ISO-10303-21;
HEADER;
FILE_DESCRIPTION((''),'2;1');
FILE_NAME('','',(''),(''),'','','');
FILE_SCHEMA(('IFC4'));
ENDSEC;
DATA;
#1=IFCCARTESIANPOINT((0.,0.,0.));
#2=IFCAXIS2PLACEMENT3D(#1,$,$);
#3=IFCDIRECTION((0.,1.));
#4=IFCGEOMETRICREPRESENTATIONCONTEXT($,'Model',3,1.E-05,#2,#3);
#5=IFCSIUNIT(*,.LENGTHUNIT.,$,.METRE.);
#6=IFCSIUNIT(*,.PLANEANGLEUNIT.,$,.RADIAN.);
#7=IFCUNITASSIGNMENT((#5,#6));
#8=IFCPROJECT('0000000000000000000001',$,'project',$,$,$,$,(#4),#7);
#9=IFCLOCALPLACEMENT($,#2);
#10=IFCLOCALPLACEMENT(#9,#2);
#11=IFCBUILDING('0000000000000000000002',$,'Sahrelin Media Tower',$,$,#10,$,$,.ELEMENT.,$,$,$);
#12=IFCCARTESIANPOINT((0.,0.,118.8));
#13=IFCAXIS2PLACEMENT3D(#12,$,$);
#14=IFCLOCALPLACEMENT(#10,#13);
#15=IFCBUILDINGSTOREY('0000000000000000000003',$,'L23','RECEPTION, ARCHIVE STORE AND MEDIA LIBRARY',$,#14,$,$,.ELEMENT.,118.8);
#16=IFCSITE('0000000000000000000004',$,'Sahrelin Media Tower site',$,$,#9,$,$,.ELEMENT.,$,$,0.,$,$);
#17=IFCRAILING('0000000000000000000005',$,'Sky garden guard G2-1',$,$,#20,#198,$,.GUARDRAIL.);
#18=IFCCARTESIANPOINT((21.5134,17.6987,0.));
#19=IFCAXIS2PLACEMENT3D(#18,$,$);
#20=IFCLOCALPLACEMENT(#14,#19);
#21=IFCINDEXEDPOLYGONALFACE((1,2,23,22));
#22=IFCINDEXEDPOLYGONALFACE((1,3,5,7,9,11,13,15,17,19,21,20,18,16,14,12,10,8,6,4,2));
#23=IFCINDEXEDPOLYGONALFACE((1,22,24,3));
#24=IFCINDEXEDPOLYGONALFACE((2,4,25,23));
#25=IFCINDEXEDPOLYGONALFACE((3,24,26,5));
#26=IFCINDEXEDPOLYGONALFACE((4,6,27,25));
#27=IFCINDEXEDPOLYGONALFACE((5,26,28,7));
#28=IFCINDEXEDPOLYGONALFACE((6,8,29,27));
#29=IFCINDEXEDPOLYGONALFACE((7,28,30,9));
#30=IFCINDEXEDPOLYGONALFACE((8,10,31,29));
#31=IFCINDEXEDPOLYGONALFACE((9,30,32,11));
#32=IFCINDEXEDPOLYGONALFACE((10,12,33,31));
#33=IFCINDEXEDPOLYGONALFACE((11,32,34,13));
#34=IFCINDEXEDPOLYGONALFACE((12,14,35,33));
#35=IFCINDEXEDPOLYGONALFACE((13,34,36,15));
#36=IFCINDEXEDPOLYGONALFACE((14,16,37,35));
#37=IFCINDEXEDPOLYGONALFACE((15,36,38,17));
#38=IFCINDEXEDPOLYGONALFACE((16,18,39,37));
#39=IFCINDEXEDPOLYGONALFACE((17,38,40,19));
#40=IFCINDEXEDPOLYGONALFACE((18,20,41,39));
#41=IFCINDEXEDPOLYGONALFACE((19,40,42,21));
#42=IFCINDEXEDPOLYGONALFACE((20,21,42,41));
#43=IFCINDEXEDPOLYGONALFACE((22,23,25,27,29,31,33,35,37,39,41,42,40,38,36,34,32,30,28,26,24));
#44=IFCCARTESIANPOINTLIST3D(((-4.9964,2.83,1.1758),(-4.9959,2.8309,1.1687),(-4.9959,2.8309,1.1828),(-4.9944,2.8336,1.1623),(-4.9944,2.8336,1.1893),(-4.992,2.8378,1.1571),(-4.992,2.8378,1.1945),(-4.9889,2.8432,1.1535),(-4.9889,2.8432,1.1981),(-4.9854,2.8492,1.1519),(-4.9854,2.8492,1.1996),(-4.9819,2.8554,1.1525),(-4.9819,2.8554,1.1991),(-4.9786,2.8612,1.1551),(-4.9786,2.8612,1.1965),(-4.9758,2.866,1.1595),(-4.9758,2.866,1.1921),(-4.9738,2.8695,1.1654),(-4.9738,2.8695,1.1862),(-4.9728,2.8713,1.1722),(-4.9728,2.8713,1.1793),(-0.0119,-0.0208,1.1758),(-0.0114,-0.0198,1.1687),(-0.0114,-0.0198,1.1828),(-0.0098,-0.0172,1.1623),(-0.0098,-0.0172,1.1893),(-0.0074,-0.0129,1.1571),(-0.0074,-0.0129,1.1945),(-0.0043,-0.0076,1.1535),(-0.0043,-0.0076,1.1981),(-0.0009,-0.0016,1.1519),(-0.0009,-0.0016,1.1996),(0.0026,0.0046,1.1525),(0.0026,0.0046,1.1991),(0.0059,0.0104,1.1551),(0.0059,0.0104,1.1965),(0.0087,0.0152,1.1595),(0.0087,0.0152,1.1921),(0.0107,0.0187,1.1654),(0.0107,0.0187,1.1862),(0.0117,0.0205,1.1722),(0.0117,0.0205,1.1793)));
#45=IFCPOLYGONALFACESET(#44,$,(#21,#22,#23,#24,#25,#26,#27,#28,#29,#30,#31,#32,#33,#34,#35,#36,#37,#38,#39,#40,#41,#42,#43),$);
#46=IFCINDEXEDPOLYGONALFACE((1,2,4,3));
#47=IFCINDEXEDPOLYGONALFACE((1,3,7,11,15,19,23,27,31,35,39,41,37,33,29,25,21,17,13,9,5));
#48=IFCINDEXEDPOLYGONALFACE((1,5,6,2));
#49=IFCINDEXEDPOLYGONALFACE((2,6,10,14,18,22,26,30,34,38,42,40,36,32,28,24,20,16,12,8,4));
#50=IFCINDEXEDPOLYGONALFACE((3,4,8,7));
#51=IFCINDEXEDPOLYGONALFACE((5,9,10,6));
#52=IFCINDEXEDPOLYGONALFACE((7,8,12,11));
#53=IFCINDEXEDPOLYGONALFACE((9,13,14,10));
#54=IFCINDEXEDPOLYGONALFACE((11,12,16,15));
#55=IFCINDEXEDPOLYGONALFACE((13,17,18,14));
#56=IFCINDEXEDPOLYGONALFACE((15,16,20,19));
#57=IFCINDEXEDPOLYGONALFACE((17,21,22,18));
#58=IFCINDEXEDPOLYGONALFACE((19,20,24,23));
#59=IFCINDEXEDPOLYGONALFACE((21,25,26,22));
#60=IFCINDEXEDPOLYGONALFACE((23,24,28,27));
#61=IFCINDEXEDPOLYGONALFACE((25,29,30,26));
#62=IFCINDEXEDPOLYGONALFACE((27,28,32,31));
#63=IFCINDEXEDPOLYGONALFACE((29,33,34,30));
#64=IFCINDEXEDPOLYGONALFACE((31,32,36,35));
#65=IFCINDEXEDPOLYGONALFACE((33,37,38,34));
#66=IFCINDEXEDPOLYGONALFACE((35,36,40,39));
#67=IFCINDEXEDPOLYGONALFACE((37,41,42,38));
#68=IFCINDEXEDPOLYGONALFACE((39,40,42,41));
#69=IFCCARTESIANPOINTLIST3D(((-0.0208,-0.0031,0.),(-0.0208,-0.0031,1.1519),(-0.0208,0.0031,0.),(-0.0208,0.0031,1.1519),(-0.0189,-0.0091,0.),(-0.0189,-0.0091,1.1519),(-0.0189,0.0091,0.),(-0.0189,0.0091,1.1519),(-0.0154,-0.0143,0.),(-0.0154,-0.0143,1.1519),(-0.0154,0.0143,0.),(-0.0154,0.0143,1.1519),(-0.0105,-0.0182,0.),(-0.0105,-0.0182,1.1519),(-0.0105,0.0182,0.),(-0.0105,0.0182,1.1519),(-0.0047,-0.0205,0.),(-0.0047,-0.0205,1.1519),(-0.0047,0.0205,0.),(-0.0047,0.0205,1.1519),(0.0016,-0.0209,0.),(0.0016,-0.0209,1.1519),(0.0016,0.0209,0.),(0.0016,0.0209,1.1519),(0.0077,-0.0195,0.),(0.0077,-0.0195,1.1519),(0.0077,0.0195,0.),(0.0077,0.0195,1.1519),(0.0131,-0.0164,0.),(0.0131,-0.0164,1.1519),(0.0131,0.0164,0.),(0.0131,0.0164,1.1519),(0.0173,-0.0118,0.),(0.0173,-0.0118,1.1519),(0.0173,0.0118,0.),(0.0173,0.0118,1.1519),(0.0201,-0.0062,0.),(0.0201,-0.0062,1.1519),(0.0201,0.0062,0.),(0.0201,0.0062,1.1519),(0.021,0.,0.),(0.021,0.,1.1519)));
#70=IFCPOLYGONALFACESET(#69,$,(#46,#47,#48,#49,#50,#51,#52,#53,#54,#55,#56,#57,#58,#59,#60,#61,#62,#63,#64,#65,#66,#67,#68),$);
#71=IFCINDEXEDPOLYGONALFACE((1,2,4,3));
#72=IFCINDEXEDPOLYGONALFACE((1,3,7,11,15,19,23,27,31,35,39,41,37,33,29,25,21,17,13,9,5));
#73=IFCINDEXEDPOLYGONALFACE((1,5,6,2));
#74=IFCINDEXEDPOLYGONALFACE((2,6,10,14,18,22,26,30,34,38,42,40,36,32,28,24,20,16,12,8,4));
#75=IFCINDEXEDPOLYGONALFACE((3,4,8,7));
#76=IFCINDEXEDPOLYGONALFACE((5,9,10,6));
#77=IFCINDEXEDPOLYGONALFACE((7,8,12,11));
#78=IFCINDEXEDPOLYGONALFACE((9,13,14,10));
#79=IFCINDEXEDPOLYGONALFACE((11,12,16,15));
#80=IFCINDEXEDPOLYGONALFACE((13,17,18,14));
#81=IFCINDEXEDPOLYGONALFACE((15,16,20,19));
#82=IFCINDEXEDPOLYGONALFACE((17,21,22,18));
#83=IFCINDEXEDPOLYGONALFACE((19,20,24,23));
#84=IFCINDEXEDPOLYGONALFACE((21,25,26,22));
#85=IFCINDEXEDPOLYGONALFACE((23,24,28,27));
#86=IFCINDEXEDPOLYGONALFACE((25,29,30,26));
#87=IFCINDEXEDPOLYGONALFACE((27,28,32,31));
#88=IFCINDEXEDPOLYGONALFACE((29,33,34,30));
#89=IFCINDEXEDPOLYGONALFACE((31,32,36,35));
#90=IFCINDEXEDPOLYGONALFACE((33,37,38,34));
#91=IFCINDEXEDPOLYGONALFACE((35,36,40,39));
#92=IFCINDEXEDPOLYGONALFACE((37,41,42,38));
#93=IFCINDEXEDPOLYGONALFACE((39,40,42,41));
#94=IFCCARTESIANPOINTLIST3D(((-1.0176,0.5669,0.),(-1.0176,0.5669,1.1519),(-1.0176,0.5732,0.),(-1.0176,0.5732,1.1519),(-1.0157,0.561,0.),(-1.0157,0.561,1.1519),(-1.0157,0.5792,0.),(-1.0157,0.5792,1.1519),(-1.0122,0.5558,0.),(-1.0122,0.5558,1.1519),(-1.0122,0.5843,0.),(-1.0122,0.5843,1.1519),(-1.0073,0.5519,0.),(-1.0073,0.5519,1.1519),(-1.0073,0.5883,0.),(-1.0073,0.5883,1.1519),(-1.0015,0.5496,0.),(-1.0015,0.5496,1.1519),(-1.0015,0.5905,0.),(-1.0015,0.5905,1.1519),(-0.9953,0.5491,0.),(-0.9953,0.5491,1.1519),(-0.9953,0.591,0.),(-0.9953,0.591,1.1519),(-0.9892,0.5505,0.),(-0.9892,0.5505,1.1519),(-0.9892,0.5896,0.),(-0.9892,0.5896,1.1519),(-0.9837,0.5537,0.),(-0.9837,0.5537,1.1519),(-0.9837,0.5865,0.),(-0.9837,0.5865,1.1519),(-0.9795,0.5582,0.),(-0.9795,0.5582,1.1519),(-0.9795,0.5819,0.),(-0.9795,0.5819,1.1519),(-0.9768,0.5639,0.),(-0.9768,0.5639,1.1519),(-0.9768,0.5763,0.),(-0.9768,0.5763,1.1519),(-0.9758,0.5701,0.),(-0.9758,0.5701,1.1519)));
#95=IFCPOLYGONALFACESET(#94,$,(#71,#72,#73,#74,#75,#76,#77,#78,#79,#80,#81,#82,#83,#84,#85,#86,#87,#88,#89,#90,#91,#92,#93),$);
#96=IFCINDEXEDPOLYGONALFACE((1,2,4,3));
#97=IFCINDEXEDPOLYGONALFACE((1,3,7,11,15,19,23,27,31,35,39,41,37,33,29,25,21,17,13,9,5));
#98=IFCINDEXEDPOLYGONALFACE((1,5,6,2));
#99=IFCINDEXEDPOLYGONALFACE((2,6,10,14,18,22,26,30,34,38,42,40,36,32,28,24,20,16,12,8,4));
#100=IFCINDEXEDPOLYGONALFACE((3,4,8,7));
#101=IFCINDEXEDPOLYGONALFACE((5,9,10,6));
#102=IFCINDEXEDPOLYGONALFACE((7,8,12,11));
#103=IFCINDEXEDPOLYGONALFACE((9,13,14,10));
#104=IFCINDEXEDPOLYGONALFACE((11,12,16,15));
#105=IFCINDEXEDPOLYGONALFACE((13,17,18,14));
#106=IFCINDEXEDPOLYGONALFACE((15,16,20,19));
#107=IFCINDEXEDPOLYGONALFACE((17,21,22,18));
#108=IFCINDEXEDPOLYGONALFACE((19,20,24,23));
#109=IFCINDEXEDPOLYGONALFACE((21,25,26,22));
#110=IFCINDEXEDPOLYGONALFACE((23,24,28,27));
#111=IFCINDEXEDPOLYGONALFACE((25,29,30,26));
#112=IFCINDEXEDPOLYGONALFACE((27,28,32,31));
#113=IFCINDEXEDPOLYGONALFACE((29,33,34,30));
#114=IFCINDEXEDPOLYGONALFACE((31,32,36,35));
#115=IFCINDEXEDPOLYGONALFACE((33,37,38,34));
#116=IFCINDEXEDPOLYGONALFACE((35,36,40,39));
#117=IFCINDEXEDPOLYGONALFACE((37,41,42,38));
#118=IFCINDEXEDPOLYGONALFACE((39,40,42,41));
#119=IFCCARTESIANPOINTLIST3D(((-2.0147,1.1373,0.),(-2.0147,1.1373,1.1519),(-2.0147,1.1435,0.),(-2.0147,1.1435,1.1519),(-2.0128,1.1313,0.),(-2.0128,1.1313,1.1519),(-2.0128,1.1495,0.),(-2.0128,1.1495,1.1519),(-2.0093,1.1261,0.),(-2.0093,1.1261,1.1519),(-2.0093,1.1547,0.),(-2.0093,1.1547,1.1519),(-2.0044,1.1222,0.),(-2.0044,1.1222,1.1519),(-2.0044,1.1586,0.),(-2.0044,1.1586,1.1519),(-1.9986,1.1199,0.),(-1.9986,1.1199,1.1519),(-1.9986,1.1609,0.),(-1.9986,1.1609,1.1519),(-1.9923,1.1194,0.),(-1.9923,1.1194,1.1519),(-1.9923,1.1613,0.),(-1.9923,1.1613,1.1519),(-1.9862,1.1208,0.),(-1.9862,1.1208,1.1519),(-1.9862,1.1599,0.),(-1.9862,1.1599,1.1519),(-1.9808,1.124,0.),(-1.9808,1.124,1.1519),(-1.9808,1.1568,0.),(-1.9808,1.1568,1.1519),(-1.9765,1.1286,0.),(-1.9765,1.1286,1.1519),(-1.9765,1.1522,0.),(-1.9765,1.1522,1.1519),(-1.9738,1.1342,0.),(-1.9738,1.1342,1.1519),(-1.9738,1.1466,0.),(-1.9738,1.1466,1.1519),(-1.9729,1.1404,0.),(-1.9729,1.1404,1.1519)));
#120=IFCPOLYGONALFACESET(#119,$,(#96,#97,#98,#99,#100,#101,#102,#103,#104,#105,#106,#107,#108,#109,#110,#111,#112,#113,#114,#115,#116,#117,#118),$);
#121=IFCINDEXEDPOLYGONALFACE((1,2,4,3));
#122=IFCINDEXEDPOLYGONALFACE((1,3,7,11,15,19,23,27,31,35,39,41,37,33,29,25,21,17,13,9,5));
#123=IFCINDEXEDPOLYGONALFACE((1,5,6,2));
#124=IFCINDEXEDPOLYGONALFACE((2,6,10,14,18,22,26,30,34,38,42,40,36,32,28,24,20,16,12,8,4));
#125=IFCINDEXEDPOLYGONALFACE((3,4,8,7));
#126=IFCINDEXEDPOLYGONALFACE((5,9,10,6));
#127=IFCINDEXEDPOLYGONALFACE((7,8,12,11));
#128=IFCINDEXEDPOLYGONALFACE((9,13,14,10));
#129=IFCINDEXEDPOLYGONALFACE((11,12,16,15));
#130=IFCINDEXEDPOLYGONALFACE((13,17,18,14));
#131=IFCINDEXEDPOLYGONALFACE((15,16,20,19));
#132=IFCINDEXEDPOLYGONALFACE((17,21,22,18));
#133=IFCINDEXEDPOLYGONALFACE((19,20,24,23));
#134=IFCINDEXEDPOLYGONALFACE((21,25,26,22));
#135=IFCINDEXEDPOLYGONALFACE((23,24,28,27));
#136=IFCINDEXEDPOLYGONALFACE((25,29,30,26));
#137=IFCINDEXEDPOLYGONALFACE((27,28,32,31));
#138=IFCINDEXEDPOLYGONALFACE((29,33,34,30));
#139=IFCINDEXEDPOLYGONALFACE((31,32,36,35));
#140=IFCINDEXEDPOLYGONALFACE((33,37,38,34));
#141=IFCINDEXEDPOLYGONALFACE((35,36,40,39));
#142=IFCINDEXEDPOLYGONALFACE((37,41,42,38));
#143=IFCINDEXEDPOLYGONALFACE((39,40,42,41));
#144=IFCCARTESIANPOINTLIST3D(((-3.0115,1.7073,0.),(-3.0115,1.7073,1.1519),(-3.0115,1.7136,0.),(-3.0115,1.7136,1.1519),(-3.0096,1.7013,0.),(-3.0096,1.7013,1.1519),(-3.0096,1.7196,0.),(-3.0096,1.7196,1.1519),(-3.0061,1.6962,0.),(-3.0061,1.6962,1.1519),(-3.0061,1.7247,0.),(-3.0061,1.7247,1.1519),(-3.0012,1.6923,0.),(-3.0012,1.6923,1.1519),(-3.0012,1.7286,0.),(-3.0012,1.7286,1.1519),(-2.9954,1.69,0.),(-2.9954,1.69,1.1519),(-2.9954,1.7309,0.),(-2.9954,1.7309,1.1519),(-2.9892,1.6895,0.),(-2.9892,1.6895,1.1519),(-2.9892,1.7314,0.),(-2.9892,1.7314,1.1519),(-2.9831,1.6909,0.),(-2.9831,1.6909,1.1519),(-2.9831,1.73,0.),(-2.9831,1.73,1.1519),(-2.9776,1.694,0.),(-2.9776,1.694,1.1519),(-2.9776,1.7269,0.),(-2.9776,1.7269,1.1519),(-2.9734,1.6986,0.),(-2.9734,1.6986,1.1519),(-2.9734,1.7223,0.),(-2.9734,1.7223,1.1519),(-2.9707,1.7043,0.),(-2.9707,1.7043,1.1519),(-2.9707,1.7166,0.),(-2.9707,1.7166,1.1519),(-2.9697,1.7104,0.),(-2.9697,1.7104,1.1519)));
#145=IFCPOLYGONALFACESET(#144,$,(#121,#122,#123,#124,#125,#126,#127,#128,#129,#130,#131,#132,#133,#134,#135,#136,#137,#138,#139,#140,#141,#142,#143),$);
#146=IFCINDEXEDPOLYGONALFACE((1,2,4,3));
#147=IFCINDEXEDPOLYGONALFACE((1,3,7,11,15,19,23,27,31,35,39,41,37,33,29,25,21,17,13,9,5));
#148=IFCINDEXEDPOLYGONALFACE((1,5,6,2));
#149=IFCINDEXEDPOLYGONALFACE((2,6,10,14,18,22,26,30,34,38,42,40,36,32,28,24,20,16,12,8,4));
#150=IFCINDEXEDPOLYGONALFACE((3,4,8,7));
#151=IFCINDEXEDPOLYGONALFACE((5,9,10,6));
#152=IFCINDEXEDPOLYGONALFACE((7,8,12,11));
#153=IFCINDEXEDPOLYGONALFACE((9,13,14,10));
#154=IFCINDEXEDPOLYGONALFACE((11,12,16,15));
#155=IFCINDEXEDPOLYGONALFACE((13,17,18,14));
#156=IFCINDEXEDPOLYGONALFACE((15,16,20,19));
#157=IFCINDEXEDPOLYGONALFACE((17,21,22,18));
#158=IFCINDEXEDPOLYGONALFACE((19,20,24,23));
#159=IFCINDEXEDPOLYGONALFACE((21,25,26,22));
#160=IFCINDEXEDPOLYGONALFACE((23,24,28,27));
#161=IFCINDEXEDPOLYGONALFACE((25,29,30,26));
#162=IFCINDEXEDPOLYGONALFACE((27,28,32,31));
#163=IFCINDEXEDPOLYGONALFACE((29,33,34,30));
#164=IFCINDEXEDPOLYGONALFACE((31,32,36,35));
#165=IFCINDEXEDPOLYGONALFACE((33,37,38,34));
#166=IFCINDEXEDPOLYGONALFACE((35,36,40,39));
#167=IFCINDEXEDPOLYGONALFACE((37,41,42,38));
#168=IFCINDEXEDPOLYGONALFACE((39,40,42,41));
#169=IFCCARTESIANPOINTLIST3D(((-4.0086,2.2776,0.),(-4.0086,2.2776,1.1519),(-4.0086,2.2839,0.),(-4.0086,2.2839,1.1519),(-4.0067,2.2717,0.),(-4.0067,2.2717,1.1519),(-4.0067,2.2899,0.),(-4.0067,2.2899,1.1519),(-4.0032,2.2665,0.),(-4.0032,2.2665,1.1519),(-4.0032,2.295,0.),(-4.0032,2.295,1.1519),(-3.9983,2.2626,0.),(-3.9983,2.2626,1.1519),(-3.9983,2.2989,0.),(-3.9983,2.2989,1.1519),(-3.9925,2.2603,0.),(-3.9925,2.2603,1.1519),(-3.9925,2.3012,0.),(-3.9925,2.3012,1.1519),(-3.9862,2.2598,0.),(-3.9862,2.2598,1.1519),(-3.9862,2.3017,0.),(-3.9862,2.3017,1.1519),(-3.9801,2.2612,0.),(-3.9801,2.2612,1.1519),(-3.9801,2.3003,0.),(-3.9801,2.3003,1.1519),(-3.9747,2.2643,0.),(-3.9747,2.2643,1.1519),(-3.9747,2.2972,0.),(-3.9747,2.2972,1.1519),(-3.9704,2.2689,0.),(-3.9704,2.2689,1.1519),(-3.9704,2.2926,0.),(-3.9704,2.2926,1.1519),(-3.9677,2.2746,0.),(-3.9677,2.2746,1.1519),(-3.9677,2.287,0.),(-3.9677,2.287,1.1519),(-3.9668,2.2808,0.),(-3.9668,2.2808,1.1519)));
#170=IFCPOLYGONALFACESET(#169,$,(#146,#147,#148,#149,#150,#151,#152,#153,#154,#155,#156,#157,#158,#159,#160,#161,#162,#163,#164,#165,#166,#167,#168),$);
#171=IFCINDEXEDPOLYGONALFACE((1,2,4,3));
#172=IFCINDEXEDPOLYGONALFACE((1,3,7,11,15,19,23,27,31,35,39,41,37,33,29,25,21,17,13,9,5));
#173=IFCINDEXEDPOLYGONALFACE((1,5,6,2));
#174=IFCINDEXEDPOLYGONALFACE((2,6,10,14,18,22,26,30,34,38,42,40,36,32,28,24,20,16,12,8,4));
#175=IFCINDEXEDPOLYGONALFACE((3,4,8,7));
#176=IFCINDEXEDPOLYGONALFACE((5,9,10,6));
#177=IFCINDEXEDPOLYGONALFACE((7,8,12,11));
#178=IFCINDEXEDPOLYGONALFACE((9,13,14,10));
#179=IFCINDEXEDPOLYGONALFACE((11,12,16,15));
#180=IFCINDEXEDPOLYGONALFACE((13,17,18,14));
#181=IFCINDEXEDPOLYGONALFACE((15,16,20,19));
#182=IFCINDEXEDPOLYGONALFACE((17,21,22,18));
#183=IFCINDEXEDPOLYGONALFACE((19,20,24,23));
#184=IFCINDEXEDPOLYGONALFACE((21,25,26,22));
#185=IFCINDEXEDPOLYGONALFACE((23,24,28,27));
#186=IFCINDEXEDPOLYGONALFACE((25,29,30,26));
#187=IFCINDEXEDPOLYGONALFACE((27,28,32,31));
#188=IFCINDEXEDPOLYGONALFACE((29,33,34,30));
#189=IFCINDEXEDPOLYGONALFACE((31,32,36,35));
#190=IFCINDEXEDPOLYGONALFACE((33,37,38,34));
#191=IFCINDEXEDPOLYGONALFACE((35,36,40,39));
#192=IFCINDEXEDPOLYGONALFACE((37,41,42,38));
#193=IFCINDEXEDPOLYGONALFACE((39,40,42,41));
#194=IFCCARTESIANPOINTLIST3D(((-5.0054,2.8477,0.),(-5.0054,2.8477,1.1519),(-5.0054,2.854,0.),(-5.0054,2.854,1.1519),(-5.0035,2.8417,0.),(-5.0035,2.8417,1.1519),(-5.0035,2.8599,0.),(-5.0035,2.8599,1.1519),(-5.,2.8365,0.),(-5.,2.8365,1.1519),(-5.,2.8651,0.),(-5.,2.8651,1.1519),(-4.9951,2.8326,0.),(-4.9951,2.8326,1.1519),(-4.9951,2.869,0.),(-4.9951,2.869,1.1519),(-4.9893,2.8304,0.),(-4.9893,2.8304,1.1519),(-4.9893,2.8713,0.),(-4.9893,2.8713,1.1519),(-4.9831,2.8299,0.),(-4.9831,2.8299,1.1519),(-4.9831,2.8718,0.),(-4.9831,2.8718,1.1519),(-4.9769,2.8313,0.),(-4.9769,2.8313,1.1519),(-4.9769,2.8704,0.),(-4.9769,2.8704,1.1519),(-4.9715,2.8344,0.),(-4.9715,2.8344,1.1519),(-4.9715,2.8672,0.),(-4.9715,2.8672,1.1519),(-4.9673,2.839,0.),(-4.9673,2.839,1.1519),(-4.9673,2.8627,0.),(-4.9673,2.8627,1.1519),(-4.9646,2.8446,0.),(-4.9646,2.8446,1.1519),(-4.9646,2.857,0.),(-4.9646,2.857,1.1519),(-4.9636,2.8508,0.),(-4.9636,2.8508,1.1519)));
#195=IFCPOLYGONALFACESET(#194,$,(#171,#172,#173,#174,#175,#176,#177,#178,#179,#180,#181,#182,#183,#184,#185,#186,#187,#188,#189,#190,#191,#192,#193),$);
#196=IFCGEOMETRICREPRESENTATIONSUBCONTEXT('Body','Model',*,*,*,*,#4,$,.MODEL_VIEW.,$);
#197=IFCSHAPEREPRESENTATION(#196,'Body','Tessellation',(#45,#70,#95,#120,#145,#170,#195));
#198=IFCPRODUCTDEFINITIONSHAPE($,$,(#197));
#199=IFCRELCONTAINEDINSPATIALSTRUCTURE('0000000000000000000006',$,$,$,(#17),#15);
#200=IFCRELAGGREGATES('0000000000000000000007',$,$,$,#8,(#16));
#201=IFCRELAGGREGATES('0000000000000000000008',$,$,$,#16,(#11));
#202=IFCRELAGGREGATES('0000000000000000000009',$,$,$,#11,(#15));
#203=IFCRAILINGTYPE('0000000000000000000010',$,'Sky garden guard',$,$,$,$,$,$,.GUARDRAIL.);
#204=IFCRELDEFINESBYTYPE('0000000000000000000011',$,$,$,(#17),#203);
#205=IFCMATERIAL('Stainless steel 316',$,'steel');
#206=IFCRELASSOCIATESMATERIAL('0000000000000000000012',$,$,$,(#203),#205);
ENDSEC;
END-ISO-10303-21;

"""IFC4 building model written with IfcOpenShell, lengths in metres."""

from ifc_helpers import new_model, si_unit, direction, frame, origin, origin_2d, place, context, subcontext, project, spatial, circle, extrude, material, type_object, element, save


model = new_model("IFC4")

# Units and contexts
model_context = context("Model", 3, precision=1e-05, world=origin(), true_north=direction((0.0, 1.0)))
body_context = subcontext(model_context, "Body", "Model", "MODEL_VIEW")
ifc_project = project(units=[si_unit("LENGTHUNIT", "METRE"), si_unit("PLANEANGLEUNIT", "RADIAN")], contexts=[model_context])

# Site, building, storey
site_placement = place(None, origin())
site = spatial("IfcSite", under=ifc_project, at=site_placement, Name="Sahrelin Media Tower site", CompositionType="ELEMENT", RefElevation=0.0)
building_placement = place(site_placement, origin())
building = spatial("IfcBuilding", under=site, at=building_placement, Name="Sahrelin Media Tower", CompositionType="ELEMENT")
storey_placement = place(building_placement, frame((0.0, 0.0, 118.8)))
storey = spatial("IfcBuildingStorey", under=building, at=storey_placement, Name="L23", Description="RECEPTION, ARCHIVE STORE AND MEDIA LIBRARY", CompositionType="ELEMENT", Elevation=118.8)

# Railing
ifc_material_1 = material(Name="Stainless steel 316", Category="steel")
railing_type = type_object("IfcRailingType", Name="Sky garden guard", PredefinedType="GUARDRAIL", material=ifc_material_1)
railing_placement = place(storey_placement, frame((21.5134, 17.6987, 0.0)))
element("IfcRailing", 1, at=railing_placement, inside=storey, type_object=railing_type, Name="Sky garden guard G2-1", PredefinedType="GUARDRAIL", context=body_context, shape_type="SweptSolid", body=[
    extrude(circle(Radius=0.0239, at=origin_2d()), frame((0.0, 0.0, 1.1758), z_axis=(-0.868057, 0.496464, 0.0), x_axis=(-0.496464, -0.868057, 0.0)), (0.0, 0.0, 1.0), 5.7422),
    extrude(circle(Radius=0.021, at=origin_2d()), origin(), (0.0, 0.0, 1.0), 1.1519),
    extrude(circle(Radius=0.021, at=origin_2d()), frame((-0.9968, 0.5701, 0.0)), (0.0, 0.0, 1.0), 1.1519),
    extrude(circle(Radius=0.021, at=origin_2d()), frame((-1.9939, 1.1404, 0.0)), (0.0, 0.0, 1.0), 1.1519),
    extrude(circle(Radius=0.021, at=origin_2d()), frame((-2.9907, 1.7104, 0.0)), (0.0, 0.0, 1.0), 1.1519),
    extrude(circle(Radius=0.021, at=origin_2d()), frame((-3.9878, 2.2808, 0.0)), (0.0, 0.0, 1.0), 1.1519),
    extrude(circle(Radius=0.021, at=origin_2d()), frame((-4.9846, 2.8508, 0.0)), (0.0, 0.0, 1.0), 1.1519),
])

save(model, "model.ifc")
